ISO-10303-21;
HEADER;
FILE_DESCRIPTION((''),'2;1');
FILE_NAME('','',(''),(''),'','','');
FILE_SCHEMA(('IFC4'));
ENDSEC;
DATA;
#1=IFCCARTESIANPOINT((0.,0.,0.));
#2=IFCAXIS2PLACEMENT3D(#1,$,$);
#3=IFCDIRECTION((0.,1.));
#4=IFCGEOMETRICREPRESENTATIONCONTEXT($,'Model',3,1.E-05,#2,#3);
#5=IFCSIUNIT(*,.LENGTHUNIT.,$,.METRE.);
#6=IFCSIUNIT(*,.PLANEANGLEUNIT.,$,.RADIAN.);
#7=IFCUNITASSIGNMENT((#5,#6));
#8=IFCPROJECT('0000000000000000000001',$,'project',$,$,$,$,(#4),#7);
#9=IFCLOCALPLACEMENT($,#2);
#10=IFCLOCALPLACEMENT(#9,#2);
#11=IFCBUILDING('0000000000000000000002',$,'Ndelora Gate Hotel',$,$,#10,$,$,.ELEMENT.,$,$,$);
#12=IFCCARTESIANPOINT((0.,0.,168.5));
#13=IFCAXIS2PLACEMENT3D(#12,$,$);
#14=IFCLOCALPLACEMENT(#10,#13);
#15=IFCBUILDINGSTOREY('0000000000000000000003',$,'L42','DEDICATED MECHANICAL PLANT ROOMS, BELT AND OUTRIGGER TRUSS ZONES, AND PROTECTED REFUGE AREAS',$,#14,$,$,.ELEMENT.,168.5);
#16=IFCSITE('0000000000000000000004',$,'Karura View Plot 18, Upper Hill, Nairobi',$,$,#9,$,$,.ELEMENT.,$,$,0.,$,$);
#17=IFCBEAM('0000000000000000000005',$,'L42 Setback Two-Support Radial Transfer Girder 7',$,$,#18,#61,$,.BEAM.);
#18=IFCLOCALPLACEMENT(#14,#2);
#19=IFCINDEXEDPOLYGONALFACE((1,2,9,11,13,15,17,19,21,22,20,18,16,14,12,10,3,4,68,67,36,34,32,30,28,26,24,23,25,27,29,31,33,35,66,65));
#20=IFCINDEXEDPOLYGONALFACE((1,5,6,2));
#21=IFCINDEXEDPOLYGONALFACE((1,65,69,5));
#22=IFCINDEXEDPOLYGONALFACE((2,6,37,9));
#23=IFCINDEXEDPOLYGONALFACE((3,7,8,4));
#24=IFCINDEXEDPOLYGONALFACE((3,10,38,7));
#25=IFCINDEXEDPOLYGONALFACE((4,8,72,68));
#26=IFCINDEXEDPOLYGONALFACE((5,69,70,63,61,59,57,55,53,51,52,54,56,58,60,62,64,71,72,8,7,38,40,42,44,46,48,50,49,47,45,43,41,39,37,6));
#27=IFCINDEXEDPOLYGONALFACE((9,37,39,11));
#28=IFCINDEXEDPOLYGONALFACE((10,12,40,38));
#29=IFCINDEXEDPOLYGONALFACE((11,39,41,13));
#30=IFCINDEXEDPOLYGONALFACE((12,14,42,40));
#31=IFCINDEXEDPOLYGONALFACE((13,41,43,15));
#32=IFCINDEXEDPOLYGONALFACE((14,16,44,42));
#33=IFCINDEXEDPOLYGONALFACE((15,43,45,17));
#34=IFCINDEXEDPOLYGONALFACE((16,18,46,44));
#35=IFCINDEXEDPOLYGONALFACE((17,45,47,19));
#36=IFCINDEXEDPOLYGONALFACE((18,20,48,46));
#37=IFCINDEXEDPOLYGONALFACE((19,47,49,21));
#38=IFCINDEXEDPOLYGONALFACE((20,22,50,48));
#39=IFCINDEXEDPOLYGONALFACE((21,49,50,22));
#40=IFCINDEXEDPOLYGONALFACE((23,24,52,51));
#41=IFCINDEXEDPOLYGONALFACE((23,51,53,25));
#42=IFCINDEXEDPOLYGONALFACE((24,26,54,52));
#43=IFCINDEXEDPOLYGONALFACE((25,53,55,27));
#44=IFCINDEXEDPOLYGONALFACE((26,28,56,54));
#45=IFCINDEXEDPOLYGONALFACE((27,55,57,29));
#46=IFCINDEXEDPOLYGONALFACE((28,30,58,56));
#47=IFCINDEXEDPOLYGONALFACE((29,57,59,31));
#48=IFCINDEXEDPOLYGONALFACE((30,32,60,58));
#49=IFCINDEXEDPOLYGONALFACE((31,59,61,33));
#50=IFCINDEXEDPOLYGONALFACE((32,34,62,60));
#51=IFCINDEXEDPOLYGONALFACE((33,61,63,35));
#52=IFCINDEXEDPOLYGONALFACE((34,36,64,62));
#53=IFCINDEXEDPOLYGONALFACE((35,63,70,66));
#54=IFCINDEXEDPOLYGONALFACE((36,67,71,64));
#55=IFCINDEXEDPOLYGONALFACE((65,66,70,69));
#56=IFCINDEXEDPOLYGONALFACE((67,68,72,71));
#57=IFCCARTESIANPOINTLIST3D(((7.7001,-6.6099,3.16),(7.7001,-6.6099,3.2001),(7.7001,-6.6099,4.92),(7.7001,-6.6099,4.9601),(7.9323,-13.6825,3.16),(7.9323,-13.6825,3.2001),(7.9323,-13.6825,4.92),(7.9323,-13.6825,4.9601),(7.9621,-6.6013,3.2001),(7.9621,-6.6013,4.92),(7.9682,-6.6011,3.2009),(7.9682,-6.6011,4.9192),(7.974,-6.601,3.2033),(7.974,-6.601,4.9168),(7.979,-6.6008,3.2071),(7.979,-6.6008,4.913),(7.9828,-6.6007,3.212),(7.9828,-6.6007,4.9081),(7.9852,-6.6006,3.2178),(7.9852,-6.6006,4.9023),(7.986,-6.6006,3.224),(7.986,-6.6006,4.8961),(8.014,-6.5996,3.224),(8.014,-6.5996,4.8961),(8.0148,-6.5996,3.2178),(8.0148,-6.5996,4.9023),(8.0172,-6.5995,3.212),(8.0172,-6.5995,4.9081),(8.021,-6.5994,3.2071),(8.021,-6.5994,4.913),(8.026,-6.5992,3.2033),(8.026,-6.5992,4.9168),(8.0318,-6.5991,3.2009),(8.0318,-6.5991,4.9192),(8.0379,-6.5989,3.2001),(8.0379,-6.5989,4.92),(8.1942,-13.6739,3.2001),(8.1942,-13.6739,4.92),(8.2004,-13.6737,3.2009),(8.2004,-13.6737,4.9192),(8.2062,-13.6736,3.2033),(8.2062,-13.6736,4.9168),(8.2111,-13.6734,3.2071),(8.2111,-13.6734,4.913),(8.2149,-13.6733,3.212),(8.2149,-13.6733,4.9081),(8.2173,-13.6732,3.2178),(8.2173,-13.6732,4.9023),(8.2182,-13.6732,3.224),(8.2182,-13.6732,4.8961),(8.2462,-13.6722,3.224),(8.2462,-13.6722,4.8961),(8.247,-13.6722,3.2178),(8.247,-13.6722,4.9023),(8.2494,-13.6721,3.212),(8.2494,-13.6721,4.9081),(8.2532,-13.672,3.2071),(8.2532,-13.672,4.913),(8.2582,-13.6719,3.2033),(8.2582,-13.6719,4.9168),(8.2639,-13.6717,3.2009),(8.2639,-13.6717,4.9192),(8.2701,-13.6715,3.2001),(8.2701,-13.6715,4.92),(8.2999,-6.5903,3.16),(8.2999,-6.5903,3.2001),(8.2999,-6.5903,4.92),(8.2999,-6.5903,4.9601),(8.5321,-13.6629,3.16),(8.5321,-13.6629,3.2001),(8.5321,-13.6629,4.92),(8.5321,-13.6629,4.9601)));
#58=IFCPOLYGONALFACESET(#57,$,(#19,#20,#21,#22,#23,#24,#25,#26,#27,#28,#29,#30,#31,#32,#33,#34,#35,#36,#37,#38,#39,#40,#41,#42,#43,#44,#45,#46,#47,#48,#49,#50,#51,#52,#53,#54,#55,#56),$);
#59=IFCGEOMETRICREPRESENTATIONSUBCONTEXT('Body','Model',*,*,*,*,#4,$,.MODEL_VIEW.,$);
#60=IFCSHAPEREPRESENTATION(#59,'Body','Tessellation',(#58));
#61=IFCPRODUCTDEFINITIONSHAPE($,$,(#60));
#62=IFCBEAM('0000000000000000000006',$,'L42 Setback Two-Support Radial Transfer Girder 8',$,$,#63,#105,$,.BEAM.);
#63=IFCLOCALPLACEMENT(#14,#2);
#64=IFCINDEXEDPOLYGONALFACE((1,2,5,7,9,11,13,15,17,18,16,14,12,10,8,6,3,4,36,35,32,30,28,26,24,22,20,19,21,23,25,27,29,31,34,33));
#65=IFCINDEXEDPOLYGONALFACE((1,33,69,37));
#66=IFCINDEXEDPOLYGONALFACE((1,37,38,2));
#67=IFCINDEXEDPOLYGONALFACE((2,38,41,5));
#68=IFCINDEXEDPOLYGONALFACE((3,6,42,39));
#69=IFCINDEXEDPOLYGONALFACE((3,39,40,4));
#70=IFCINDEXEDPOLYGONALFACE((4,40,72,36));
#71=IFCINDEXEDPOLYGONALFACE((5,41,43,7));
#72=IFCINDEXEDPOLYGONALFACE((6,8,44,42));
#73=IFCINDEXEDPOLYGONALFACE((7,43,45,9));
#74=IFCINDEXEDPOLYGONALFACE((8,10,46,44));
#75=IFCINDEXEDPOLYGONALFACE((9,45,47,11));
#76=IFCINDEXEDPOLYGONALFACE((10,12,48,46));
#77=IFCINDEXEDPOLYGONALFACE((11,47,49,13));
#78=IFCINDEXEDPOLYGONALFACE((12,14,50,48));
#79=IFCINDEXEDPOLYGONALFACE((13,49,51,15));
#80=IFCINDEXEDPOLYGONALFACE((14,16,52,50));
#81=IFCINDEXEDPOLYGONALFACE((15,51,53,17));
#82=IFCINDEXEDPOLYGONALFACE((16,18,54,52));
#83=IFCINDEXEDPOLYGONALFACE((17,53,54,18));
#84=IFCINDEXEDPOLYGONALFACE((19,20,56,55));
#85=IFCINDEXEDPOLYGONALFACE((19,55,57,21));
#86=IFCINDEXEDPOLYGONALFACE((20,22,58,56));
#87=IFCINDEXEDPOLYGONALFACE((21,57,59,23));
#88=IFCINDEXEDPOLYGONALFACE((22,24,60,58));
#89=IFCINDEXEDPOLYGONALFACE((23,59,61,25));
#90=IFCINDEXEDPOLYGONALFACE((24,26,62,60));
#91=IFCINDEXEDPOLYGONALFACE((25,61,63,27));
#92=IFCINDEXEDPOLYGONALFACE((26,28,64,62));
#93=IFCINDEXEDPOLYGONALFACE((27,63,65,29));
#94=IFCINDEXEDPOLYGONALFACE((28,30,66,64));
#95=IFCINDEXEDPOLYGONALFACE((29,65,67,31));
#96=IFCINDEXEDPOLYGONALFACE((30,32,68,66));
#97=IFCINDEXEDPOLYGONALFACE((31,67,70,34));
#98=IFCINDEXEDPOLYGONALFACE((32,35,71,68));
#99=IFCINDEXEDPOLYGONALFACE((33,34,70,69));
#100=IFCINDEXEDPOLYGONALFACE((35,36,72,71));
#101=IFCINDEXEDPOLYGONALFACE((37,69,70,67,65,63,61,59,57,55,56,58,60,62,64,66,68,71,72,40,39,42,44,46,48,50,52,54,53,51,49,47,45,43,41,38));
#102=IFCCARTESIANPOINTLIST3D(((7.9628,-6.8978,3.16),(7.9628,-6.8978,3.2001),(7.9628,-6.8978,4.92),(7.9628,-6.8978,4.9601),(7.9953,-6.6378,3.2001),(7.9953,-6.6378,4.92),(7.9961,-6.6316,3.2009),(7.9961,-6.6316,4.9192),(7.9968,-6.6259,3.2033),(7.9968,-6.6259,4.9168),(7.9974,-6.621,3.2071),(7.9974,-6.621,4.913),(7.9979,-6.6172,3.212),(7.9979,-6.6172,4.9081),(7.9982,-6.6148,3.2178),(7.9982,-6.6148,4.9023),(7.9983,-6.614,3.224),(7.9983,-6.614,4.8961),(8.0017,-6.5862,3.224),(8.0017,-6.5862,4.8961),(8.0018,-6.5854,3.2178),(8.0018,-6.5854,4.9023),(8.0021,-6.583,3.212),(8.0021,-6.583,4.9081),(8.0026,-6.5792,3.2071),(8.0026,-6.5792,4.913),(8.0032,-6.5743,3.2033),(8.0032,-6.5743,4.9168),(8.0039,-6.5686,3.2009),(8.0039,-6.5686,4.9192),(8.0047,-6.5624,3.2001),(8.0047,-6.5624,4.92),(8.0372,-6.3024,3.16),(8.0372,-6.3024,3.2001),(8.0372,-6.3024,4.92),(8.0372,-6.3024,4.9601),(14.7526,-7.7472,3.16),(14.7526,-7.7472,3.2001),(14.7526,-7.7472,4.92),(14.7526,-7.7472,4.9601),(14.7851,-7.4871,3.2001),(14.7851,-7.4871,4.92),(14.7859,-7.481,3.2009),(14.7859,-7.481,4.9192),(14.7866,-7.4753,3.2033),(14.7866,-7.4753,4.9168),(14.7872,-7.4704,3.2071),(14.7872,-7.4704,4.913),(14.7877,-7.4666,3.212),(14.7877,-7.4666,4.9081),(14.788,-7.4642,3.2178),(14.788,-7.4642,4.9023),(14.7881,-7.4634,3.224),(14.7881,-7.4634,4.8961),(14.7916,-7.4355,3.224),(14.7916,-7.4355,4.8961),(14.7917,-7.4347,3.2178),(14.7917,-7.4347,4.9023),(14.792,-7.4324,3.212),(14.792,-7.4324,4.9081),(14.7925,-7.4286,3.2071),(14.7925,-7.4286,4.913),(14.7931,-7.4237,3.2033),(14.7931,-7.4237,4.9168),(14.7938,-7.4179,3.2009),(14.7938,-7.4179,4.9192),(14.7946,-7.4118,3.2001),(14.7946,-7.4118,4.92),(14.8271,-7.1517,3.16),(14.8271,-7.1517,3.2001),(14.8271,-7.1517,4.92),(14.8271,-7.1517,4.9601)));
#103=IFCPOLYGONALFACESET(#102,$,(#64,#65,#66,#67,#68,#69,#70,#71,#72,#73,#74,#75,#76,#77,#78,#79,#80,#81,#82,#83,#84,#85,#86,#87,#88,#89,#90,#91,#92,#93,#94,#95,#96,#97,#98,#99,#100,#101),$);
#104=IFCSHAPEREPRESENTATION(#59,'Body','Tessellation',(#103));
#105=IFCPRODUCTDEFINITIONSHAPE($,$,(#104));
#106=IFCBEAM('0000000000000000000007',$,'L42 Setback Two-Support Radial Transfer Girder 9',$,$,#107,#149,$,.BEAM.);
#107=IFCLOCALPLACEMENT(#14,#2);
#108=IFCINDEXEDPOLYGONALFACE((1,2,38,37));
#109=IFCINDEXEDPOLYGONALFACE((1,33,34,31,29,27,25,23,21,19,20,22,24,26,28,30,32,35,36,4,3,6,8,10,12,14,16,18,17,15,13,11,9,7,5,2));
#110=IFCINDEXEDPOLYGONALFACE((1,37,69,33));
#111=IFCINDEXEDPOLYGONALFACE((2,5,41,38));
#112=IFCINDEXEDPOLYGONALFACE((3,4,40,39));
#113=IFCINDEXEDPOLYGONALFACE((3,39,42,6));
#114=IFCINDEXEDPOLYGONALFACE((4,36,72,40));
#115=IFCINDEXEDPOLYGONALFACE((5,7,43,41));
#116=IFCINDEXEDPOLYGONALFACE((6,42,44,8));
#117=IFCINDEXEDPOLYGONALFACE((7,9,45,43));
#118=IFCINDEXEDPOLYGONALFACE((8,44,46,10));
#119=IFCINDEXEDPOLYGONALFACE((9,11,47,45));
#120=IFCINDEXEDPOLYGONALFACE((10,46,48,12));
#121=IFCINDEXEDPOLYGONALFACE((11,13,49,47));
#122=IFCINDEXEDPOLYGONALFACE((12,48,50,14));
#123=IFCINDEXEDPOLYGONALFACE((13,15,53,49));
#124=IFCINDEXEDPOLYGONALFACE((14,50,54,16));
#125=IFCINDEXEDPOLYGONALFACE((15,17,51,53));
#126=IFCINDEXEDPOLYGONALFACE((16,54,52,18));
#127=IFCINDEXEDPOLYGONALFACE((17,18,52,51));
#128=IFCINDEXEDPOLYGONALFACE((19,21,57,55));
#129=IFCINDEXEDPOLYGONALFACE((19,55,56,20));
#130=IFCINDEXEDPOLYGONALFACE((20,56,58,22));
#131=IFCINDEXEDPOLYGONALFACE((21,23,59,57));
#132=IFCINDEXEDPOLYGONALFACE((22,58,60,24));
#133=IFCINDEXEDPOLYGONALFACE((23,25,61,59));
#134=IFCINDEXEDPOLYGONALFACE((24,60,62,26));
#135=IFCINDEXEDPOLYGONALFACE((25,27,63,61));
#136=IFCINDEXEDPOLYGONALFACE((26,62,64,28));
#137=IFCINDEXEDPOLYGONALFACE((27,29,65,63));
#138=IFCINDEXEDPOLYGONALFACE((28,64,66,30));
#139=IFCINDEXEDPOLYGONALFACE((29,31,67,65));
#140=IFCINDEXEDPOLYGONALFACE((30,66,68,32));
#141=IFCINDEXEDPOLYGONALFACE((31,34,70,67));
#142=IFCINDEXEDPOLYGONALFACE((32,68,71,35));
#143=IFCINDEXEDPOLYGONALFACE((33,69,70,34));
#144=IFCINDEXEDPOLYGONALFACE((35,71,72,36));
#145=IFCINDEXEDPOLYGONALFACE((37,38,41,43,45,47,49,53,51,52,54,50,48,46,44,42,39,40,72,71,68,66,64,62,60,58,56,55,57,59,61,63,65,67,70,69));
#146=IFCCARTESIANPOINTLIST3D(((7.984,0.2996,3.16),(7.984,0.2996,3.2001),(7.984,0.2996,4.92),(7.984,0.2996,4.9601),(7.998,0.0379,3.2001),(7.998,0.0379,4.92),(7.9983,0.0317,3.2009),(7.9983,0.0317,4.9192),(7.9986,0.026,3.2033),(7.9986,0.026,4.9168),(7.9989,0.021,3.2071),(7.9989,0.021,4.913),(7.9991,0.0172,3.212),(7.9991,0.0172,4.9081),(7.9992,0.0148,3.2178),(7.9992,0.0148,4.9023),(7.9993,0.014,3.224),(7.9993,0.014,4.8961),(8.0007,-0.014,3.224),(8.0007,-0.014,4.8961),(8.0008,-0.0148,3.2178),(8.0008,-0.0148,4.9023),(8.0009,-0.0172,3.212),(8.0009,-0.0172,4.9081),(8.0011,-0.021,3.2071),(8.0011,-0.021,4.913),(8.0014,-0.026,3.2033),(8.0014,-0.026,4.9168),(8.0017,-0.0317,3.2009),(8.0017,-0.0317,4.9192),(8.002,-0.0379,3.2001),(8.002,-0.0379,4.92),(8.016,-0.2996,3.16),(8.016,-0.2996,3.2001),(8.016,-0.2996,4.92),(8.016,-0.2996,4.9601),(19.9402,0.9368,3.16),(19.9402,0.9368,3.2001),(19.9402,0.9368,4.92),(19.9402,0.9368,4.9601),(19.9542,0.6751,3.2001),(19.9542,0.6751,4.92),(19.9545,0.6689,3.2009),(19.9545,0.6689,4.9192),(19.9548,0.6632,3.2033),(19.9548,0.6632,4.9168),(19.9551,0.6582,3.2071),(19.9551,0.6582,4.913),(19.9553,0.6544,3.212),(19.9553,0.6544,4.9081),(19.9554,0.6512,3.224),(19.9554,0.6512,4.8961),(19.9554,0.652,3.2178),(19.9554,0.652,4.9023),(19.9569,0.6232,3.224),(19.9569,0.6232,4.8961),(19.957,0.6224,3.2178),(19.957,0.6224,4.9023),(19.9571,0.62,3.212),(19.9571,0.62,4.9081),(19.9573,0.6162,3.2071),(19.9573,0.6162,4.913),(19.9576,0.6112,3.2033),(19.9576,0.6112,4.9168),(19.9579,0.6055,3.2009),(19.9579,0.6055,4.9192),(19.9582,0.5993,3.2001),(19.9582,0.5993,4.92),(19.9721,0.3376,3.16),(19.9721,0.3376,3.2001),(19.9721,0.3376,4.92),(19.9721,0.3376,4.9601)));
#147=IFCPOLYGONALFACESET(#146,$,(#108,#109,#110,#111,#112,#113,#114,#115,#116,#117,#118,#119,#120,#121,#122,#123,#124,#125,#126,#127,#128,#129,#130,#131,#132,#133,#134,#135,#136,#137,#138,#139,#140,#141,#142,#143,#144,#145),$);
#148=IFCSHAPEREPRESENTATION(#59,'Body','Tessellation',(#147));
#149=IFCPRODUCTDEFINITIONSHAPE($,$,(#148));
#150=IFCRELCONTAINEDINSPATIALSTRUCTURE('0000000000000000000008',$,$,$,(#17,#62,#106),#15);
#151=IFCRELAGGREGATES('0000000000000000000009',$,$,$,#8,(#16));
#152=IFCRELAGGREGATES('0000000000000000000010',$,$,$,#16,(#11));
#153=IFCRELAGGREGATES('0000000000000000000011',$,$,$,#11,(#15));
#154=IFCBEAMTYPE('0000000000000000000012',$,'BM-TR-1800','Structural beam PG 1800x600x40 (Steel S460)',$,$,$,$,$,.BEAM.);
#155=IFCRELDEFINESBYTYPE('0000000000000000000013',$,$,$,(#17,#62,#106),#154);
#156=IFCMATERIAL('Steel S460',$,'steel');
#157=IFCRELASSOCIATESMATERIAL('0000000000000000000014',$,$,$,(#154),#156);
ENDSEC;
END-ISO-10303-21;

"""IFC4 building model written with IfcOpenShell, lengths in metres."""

from ifc_helpers import new_model, si_unit, direction, frame, origin, origin_2d, place, context, subcontext, project, spatial, i_section, extrude, material, material_profile, profile_set, type_object, element, save


model = new_model("IFC4")

# Units and contexts
model_context = context("Model", 3, precision=1e-05, world=origin(), true_north=direction((0.0, 1.0)))
body_context = subcontext(model_context, "Body", "Model", "MODEL_VIEW")
ifc_project = project(units=[si_unit("LENGTHUNIT", "METRE"), si_unit("PLANEANGLEUNIT", "RADIAN")], contexts=[model_context])

# Site, building, storey
site_placement = place(None, origin())
site = spatial("IfcSite", under=ifc_project, at=site_placement, Name="Karura View Plot 18, Upper Hill, Nairobi", CompositionType="ELEMENT", RefElevation=0.0)
building_placement = place(site_placement, origin())
building = spatial("IfcBuilding", under=site, at=building_placement, Name="Ndelora Gate Hotel", CompositionType="ELEMENT")
storey_placement = place(building_placement, frame((0.0, 0.0, 168.5)))
storey = spatial("IfcBuildingStorey", under=building, at=storey_placement, Name="L42", Description="DEDICATED MECHANICAL PLANT ROOMS, BELT AND OUTRIGGER TRUSS ZONES, AND PROTECTED REFUGE AREAS", CompositionType="ELEMENT", Elevation=168.5)

# Beams
ifc_material_1 = material(Name="Steel S460", Category="steel")
ifc_material_profile_1 = material_profile(ifc_material_1, i_section(OverallWidth=0.6001, OverallDepth=1.8, WebThickness=0.0281, FlangeThickness=0.04, FilletRadius=0.0239, at=origin_2d()), Name="PG 1800x600x40")
ifc_profile_set_1 = profile_set([ifc_material_profile_1], Name="Steel S460")
beam_type_1 = type_object("IfcBeamType", Name="BM-TR-1800", Description="Structural beam PG 1800x600x40 (Steel S460)", PredefinedType="BEAM", material=ifc_profile_set_1)
beam_1_placement = place(storey_placement, frame((8.0, -6.6001, 4.0601), z_axis=(0.032811, -0.999462, 0.0), x_axis=(0.999462, 0.032811, 0.0)))
element("IfcBeam", 1, at=beam_1_placement, inside=storey, type_object=beam_type_1, Name="L42 Setback Two-Support Radial Transfer Girder 7", PredefinedType="BEAM", context=body_context, shape_type="SweptSolid", body=[
    extrude(i_section(OverallWidth=0.6001, OverallDepth=1.8, WebThickness=0.0281, FlangeThickness=0.04, FilletRadius=0.0239, at=origin_2d()), origin(), (0.0, 0.0, 1.0), 7.0764),
])
beam_2_placement = place(storey_placement, frame((8.0, -6.6001, 4.0601), z_axis=(0.992266, -0.124127, 0.0), x_axis=(0.124127, 0.992266, 0.0)))
element("IfcBeam", 2, at=beam_2_placement, inside=storey, type_object=beam_type_1, Name="L42 Setback Two-Support Radial Transfer Girder 8", PredefinedType="BEAM", context=body_context, shape_type="SweptSolid", body=[
    extrude(i_section(OverallWidth=0.6001, OverallDepth=1.8, WebThickness=0.0281, FlangeThickness=0.04, FilletRadius=0.0239, at=origin_2d()), origin(), (0.0, 0.0, 1.0), 6.8428),
])
beam_3_placement = place(storey_placement, frame((8.0, 0.0, 4.0601), z_axis=(0.998583, 0.05322, 0.0), x_axis=(-0.05322, 0.998583, 0.0)))
element("IfcBeam", 3, at=beam_3_placement, inside=storey, type_object=beam_type_1, Name="L42 Setback Two-Support Radial Transfer Girder 9", PredefinedType="BEAM", context=body_context, shape_type="SweptSolid", body=[
    extrude(i_section(OverallWidth=0.6001, OverallDepth=1.8, WebThickness=0.0281, FlangeThickness=0.04, FilletRadius=0.0239, at=origin_2d()), origin(), (0.0, 0.0, 1.0), 11.9731),
])

save(model, "model.ifc")
